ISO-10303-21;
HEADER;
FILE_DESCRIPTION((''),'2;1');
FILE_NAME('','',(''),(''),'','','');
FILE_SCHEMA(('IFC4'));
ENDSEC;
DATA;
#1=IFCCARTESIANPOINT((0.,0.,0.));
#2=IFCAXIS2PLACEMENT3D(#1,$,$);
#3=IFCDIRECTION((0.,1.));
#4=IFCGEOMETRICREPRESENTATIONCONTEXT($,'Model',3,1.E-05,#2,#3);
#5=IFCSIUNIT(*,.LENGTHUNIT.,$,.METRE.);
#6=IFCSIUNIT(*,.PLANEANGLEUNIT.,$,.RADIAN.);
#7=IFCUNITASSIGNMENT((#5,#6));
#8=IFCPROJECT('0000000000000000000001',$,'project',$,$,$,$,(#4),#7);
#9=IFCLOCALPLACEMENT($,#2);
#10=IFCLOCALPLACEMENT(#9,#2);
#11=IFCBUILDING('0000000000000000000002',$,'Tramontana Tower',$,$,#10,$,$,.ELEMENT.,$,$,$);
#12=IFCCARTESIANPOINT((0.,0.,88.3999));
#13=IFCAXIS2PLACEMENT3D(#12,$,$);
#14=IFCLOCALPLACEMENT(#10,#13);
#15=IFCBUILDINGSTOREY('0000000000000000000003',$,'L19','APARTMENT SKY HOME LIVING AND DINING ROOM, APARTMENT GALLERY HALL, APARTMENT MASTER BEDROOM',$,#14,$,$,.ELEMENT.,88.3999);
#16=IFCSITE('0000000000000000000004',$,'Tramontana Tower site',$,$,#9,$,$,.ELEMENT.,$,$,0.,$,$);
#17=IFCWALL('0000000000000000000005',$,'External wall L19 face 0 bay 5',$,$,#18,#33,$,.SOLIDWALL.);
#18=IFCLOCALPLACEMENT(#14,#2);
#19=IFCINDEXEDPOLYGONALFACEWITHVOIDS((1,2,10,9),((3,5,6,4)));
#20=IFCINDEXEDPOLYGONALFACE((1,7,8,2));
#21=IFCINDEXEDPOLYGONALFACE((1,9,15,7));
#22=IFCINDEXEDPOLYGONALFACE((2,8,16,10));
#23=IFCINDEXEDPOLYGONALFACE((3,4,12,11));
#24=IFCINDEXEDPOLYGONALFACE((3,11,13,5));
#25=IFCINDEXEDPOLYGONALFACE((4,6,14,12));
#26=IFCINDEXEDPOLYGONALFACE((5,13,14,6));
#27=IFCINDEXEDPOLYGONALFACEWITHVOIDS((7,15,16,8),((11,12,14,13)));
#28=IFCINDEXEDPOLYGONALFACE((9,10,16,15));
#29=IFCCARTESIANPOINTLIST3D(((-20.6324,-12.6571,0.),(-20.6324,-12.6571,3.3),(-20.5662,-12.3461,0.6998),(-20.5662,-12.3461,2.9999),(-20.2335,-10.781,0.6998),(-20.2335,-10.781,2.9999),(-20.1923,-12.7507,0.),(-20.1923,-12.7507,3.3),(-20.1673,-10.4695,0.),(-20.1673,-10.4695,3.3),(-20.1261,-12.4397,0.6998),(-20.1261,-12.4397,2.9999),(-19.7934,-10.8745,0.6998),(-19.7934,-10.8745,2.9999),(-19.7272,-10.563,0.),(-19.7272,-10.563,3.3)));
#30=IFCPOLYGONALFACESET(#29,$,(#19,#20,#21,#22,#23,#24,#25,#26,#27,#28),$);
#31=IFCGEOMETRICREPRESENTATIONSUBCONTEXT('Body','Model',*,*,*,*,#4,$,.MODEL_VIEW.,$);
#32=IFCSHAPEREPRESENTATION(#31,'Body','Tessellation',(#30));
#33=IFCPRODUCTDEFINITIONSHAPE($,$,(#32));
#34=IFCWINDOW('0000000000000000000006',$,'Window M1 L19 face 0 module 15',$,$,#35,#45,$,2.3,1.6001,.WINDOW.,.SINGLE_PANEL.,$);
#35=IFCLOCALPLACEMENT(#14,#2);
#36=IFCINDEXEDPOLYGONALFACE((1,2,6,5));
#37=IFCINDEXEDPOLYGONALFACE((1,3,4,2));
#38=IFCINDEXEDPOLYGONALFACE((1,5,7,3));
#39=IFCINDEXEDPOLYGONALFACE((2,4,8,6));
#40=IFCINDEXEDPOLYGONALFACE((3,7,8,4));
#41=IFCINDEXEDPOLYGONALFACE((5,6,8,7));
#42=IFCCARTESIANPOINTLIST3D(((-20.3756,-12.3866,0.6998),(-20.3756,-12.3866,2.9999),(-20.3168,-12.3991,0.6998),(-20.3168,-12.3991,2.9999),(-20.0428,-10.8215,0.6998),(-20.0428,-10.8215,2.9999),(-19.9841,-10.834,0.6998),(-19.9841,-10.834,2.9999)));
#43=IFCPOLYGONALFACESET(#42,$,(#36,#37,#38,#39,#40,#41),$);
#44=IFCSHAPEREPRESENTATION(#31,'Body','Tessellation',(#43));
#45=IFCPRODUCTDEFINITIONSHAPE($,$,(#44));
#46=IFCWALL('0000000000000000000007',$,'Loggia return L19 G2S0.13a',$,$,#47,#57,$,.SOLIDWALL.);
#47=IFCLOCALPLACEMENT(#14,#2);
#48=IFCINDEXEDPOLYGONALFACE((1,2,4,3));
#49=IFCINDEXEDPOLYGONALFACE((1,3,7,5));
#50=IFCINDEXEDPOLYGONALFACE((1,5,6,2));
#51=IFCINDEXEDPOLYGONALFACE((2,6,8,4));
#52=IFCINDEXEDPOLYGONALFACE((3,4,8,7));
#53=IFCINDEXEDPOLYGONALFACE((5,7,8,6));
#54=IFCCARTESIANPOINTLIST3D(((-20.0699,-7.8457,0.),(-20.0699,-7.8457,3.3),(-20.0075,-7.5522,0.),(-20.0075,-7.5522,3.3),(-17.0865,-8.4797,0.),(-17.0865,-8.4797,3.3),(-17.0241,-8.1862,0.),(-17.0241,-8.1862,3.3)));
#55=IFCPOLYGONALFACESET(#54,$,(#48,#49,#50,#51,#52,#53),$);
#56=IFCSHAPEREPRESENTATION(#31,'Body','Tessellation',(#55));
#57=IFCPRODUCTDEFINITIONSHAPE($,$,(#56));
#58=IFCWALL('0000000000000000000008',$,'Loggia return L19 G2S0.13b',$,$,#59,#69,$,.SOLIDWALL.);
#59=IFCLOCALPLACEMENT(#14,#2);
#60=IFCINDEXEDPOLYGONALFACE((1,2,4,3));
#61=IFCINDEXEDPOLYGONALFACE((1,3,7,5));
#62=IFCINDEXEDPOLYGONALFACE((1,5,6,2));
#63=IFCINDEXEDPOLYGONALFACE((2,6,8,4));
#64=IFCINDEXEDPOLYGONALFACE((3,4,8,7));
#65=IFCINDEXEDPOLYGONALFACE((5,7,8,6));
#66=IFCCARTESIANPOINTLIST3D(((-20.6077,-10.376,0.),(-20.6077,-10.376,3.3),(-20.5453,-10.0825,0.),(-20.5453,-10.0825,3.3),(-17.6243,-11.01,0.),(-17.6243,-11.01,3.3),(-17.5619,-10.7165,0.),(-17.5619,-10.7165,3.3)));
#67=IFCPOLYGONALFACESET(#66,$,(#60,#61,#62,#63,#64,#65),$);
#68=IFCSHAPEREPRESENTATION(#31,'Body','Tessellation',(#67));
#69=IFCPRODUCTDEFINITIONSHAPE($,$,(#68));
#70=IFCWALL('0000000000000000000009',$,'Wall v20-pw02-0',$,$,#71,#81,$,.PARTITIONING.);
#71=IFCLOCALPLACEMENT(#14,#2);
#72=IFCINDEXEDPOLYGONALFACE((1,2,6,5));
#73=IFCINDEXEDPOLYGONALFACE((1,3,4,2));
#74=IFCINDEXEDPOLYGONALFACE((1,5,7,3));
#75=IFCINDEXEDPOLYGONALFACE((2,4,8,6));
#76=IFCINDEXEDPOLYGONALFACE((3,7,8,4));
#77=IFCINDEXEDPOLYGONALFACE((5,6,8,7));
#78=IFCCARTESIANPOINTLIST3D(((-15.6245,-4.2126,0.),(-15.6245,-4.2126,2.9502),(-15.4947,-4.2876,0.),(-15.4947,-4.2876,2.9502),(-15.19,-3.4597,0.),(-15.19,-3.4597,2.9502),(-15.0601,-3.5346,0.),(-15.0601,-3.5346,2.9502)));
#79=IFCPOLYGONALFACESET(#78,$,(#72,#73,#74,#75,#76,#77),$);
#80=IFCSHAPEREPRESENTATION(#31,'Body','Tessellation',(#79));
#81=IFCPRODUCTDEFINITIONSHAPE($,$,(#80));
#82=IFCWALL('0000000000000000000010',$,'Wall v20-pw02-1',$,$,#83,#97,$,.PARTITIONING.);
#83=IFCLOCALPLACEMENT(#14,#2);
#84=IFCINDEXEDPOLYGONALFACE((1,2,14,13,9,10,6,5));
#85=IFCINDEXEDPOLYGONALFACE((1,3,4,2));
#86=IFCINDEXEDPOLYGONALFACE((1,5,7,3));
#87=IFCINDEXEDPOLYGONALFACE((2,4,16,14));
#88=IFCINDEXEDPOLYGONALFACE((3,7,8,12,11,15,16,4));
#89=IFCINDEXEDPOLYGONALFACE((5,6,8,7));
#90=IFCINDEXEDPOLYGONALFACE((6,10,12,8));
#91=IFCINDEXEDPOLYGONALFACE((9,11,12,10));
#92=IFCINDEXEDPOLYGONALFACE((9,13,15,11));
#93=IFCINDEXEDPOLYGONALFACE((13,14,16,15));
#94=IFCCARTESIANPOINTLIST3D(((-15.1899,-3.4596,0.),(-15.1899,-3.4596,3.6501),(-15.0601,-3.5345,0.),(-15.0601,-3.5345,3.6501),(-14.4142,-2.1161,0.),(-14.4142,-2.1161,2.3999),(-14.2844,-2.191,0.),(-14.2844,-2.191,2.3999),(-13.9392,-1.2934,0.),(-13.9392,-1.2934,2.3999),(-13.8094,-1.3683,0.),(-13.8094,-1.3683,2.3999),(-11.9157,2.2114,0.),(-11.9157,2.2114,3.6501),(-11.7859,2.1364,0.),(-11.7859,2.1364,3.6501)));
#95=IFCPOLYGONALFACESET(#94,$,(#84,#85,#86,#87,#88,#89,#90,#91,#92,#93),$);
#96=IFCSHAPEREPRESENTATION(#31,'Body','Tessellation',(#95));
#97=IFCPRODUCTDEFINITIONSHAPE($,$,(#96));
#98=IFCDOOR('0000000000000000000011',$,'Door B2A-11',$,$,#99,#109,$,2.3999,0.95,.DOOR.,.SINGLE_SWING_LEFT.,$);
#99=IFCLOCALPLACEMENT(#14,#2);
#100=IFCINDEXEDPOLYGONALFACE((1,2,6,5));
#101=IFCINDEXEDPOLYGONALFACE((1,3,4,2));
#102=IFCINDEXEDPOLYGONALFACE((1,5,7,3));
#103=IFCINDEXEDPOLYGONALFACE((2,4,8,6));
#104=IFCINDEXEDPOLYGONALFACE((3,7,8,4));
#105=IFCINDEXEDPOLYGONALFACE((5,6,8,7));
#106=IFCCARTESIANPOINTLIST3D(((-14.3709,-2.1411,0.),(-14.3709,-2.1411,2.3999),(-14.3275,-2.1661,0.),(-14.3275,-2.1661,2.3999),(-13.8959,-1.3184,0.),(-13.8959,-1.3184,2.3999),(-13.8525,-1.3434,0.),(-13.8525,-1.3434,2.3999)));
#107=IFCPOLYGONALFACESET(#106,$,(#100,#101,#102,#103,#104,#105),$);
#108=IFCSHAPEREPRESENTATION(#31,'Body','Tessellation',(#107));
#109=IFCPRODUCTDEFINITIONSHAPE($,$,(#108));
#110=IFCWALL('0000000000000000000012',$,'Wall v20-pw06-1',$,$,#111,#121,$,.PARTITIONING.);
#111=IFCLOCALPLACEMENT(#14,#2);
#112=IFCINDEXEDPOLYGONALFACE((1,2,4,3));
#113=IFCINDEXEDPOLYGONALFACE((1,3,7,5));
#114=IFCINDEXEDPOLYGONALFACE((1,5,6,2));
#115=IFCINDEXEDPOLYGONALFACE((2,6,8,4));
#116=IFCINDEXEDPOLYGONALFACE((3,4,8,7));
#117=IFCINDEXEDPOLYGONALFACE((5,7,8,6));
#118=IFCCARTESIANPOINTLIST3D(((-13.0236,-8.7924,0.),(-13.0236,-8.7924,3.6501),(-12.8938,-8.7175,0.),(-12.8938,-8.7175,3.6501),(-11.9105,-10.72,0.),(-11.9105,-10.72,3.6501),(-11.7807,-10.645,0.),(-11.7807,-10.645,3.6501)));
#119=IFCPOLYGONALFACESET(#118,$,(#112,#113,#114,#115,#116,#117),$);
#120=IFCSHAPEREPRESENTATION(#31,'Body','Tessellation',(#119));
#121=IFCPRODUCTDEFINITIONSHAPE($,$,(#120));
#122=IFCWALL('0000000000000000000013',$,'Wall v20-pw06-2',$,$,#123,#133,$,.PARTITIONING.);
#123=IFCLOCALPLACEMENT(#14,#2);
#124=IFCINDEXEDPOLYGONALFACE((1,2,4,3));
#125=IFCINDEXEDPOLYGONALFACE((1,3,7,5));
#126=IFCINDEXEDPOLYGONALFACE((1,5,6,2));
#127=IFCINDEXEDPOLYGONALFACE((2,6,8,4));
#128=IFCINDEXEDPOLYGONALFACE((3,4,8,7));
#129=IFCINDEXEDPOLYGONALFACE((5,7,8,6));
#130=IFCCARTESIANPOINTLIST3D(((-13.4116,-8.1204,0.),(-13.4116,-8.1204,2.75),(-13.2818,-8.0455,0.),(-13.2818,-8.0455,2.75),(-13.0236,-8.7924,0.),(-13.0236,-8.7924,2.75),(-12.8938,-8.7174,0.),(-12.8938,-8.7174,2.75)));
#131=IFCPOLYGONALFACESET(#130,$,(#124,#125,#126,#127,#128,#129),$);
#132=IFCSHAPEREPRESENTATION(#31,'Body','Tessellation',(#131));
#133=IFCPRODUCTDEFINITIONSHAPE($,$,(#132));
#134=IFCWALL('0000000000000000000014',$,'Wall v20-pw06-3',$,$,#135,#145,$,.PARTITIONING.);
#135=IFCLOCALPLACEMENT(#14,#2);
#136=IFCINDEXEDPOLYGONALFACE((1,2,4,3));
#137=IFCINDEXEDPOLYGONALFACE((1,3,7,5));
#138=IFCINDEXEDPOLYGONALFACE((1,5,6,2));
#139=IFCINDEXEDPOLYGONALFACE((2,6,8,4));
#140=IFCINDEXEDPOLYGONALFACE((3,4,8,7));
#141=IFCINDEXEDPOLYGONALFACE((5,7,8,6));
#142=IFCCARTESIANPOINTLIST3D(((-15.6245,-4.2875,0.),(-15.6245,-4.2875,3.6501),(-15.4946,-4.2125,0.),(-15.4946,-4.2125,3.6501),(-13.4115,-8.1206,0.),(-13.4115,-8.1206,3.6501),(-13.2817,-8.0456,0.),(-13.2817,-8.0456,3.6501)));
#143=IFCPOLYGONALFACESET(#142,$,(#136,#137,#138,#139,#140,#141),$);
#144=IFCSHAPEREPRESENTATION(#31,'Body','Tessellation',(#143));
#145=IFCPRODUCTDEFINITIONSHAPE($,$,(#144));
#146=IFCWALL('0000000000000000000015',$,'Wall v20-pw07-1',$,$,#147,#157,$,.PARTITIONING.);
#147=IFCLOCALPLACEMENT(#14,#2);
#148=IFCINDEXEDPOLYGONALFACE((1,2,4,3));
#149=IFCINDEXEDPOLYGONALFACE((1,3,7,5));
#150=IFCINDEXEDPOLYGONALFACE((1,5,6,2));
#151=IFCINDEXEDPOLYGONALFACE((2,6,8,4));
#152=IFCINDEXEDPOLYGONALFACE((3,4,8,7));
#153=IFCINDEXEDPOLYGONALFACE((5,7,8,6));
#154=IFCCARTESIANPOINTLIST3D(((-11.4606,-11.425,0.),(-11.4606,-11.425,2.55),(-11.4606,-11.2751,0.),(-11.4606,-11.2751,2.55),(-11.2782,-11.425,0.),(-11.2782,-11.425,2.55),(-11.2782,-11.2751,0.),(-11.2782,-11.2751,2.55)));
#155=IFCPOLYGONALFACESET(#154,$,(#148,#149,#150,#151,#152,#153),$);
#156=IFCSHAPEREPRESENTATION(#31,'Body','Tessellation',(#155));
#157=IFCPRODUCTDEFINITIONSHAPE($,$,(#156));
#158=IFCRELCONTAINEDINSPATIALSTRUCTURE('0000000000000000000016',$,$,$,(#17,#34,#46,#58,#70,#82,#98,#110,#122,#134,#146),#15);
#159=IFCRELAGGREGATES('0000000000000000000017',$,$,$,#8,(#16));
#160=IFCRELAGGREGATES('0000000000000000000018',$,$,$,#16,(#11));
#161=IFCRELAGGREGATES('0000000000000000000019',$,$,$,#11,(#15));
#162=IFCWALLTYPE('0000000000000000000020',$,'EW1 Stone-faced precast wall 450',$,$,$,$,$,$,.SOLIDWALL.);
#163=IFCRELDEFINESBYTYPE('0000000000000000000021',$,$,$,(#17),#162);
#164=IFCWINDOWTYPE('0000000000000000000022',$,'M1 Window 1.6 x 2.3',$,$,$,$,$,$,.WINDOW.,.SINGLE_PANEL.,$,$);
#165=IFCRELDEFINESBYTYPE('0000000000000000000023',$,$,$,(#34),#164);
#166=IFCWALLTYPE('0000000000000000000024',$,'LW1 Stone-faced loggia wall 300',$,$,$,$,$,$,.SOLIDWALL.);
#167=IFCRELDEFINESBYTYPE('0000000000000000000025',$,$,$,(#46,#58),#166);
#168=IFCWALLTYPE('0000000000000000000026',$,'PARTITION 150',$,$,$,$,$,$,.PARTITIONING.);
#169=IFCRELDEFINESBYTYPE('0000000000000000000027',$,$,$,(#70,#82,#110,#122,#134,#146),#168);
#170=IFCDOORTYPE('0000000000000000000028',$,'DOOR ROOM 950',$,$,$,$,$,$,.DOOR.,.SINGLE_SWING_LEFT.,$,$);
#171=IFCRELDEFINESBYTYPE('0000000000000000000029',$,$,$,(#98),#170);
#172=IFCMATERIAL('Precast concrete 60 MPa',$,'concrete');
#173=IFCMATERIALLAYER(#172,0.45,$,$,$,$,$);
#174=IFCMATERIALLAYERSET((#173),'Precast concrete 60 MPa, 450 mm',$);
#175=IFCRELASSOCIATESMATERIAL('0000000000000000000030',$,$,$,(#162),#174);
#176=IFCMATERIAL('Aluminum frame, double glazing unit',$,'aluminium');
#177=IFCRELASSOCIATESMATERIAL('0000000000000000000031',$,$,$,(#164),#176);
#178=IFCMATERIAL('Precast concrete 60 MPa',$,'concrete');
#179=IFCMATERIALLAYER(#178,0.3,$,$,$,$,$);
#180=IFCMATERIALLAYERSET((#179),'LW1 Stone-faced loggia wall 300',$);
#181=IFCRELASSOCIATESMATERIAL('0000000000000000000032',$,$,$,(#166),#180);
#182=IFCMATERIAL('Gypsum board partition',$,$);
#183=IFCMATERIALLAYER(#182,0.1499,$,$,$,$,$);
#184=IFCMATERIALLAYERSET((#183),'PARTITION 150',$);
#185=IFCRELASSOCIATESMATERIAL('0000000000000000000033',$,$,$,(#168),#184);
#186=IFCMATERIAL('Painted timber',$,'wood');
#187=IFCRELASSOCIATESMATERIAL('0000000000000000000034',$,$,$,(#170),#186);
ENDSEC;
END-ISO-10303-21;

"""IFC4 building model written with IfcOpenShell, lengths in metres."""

from ifc_helpers import new_model, si_unit, direction, frame, frame_2d, origin, place, context, subcontext, project, spatial, rectangle, extrude, material, layer, layer_set, type_object, element, fill, save


model = new_model("IFC4")

# Units and contexts
model_context = context("Model", 3, precision=1e-05, world=origin(), true_north=direction((0.0, 1.0)))
body_context = subcontext(model_context, "Body", "Model", "MODEL_VIEW")
ifc_project = project(units=[si_unit("LENGTHUNIT", "METRE"), si_unit("PLANEANGLEUNIT", "RADIAN")], contexts=[model_context])

# Site, building, storey
site_placement = place(None, origin())
site = spatial("IfcSite", under=ifc_project, at=site_placement, Name="Tramontana Tower site", CompositionType="ELEMENT", RefElevation=0.0)
building_placement = place(site_placement, origin())
building = spatial("IfcBuilding", under=site, at=building_placement, Name="Tramontana Tower", CompositionType="ELEMENT")
storey_placement = place(building_placement, frame((0.0, 0.0, 88.3999)))
storey = spatial("IfcBuildingStorey", under=building, at=storey_placement, Name="L19", Description="APARTMENT SKY HOME LIVING AND DINING ROOM, APARTMENT GALLERY HALL, APARTMENT MASTER BEDROOM", CompositionType="ELEMENT", Elevation=88.3999)

# Wall, opening, window
ifc_material_1 = material(Name="Precast concrete 60 MPa", Category="concrete")
ifc_layer_1 = layer(ifc_material_1, 0.45)
ifc_layer_set_1 = layer_set([ifc_layer_1], Name="Precast concrete 60 MPa, 450 mm")
wall_type_1 = type_object("IfcWallType", Name="EW1 Stone-faced precast wall 450", PredefinedType="SOLIDWALL", material=ifc_layer_set_1)
ifc_material_2 = material(Name="Aluminum frame, double glazing unit", Category="aluminium")
window_type = type_object("IfcWindowType", Name="M1 Window 1.6 x 2.3", PartitioningType="SINGLE_PANEL", PredefinedType="WINDOW", material=ifc_material_2)
wall_1_placement = place(storey_placement, frame((-19.9473, -10.5164, 0.0), z_axis=(0.0, 0.0, 1.0), x_axis=(-0.207941, -0.978141, 0.0)))
wall_1 = element("IfcWall", 1, at=wall_1_placement, inside=storey, type_object=wall_type_1, Name="External wall L19 face 0 bay 5", PredefinedType="SOLIDWALL", context=body_context, shape_type="SweptSolid", body=[
    extrude(rectangle(XDim=2.2366, YDim=0.45, at=frame_2d((1.1182, 0.0))), origin(), (0.0, 0.0, 1.0), 3.3),
])
opening_1_placement = place(wall_1_placement, frame((0.3184, 0.0, 0.7)))
opening_1 = element("IfcOpeningElement", 2, at=opening_1_placement, cuts=wall_1, PredefinedType="OPENING", context=body_context, shape_type="SweptSolid", body=[
    extrude(rectangle(XDim=1.6001, YDim=2.3, at=frame_2d((0.8, 1.1499))), frame((0.0, 0.2349, 0.0), z_axis=(0.0, -1.0, 0.0), x_axis=(1.0, 0.0, 0.0)), (0.0, 0.0, 1.0), 0.47),
])
window_1_placement = place(opening_1_placement, origin())
window_1 = element("IfcWindow", 3, at=window_1_placement, inside=storey, type_object=window_type, Name="Window M1 L19 face 0 module 15", OverallHeight=2.3, OverallWidth=1.6001, PartitioningType="SINGLE_PANEL", PredefinedType="WINDOW", context=body_context, shape_type="SweptSolid", body=[
    extrude(rectangle(XDim=1.6001, YDim=2.3, at=frame_2d((0.8, 1.1499))), frame((0.0, 0.03, 0.0), z_axis=(0.0, -1.0, 0.0), x_axis=(1.0, 0.0, 0.0)), (0.0, 0.0, 1.0), 0.0601),
])
fill(opening_1, window_1)

# Shared definitions
ifc_material_3 = material(Name="Precast concrete 60 MPa", Category="concrete")
ifc_layer_2 = layer(ifc_material_3, 0.3)
ifc_layer_set_2 = layer_set([ifc_layer_2], Name="LW1 Stone-faced loggia wall 300")
wall_type_2 = type_object("IfcWallType", Name="LW1 Stone-faced loggia wall 300", PredefinedType="SOLIDWALL", material=ifc_layer_set_2)

# Walls
for number, where, z_axis, x_axis, name in (
    (4, (-20.0386, -7.699, 0.0), (0.0, 0.0, 1.0), (0.978155, -0.207878, 0.0), "Loggia return L19 G2S0.13a"),
    (5, (-20.5764, -10.2292, 0.0), (0.0, 0.0, 1.0), (0.978155, -0.207878, 0.0), "Loggia return L19 G2S0.13b"),
):
    element("IfcWall", number, at=place(storey_placement, frame(where, z_axis=z_axis, x_axis=x_axis)), inside=storey, type_object=wall_type_2, Name=name, PredefinedType="SOLIDWALL", context=body_context, shape_type="SweptSolid", body=[
        extrude(rectangle(XDim=3.05, YDim=0.3, at=frame_2d((1.5249, 0.0))), origin(), (0.0, 0.0, 1.0), 3.3),
    ])
ifc_material_4 = material(Name="Gypsum board partition")
ifc_layer_3 = layer(ifc_material_4, 0.1499)
ifc_layer_set_3 = layer_set([ifc_layer_3], Name="PARTITION 150")
wall_type_3 = type_object("IfcWallType", Name="PARTITION 150", PredefinedType="PARTITIONING", material=ifc_layer_set_3)
wall_2_placement = place(storey_placement, frame((-15.5596, -4.25, 0.0), z_axis=(0.0, 0.0, 1.0), x_axis=(0.499885, 0.866092, 0.0)))
element("IfcWall", 6, at=wall_2_placement, inside=storey, type_object=wall_type_3, Name="Wall v20-pw02-0", PredefinedType="PARTITIONING", context=body_context, shape_type="SweptSolid", body=[
    extrude(rectangle(XDim=0.8694, YDim=0.1499, at=frame_2d((0.4346, 0.0))), origin(), (0.0, 0.0, 1.0), 2.9502),
])

# Wall, opening, door
wall_3_placement = place(storey_placement, frame((-15.125, -3.4971, 0.0), z_axis=(0.0, 0.0, 1.0), x_axis=(0.500009, 0.86602, 0.0)))
wall_3 = element("IfcWall", 7, at=wall_3_placement, inside=storey, type_object=wall_type_3, Name="Wall v20-pw02-1", PredefinedType="PARTITIONING", context=body_context, shape_type="SweptSolid", body=[
    extrude(rectangle(XDim=6.5483, YDim=0.1499, at=frame_2d((3.2742, 0.0))), origin(), (0.0, 0.0, 1.0), 3.6501),
])
opening_2_placement = place(wall_3_placement, frame((1.5513, 0.0, 0.0)))
opening_2 = element("IfcOpeningElement", 8, at=opening_2_placement, cuts=wall_3, PredefinedType="OPENING", context=body_context, shape_type="SweptSolid", body=[
    extrude(rectangle(XDim=0.95, YDim=2.3999, at=frame_2d((0.4751, 1.2))), frame((0.0, 0.085, 0.0), z_axis=(0.0, -1.0, 0.0), x_axis=(1.0, 0.0, 0.0)), (0.0, 0.0, 1.0), 0.1699),
])
ifc_material_5 = material(Name="Painted timber", Category="wood")
door_type_1 = type_object("IfcDoorType", Name="DOOR ROOM 950", OperationType="SINGLE_SWING_LEFT", PredefinedType="DOOR", material=ifc_material_5)
door_1_placement = place(opening_2_placement, origin())
door_1 = element("IfcDoor", 9, at=door_1_placement, inside=storey, type_object=door_type_1, Name="Door B2A-11", OperationType="SINGLE_SWING_LEFT", OverallHeight=2.3999, OverallWidth=0.95, PredefinedType="DOOR", context=body_context, shape_type="SweptSolid", body=[
    extrude(rectangle(XDim=0.95, YDim=2.3999, at=frame_2d((0.4751, 1.2))), frame((0.0, 0.0249, 0.0), z_axis=(0.0, -1.0, 0.0), x_axis=(1.0, 0.0, 0.0)), (0.0, 0.0, 1.0), 0.05),
])
fill(opening_2, door_1)

# Walls
wall_4_placement = place(storey_placement, frame((-11.8457, -10.6824, 0.0), z_axis=(0.0, 0.0, 1.0), x_axis=(-0.500067, 0.865986, 0.0)))
element("IfcWall", 10, at=wall_4_placement, inside=storey, type_object=wall_type_3, Name="Wall v20-pw06-1", PredefinedType="PARTITIONING", context=body_context, shape_type="SweptSolid", body=[
    extrude(rectangle(XDim=2.2258, YDim=0.1499, at=frame_2d((1.1128, 0.0))), origin(), (0.0, 0.0, 1.0), 3.6501),
])
wall_5_placement = place(storey_placement, frame((-12.9587, -8.7549, 0.0), z_axis=(0.0, 0.0, 1.0), x_axis=(-0.500031, 0.866007, 0.0)))
element("IfcWall", 11, at=wall_5_placement, inside=storey, type_object=wall_type_3, Name="Wall v20-pw06-2", PredefinedType="PARTITIONING", context=body_context, shape_type="SweptSolid", body=[
    extrude(rectangle(XDim=0.7759, YDim=0.1499, at=frame_2d((0.3879, 0.0))), origin(), (0.0, 0.0, 1.0), 2.75),
])
wall_6_placement = place(storey_placement, frame((-13.3467, -8.083, 0.0), z_axis=(0.0, 0.0, 1.0), x_axis=(-0.499983, 0.866035, 0.0)))
element("IfcWall", 12, at=wall_6_placement, inside=storey, type_object=wall_type_3, Name="Wall v20-pw06-3", PredefinedType="PARTITIONING", context=body_context, shape_type="SweptSolid", body=[
    extrude(rectangle(XDim=4.426, YDim=0.1499, at=frame_2d((2.2129, 0.0))), origin(), (0.0, 0.0, 1.0), 3.6501),
])
wall_7_placement = place(storey_placement, frame((-11.2781, -11.3501, 0.0), z_axis=(0.0, 0.0, 1.0), x_axis=(-1.0, 0.0, 0.0)))
element("IfcWall", 13, at=wall_7_placement, inside=storey, type_object=wall_type_3, Name="Wall v20-pw07-1", PredefinedType="PARTITIONING", context=body_context, shape_type="SweptSolid", body=[
    extrude(rectangle(XDim=0.1824, YDim=0.1499, at=frame_2d((0.0913, 0.0))), origin(), (0.0, 0.0, 1.0), 2.55),
])

save(model, "model.ifc")
